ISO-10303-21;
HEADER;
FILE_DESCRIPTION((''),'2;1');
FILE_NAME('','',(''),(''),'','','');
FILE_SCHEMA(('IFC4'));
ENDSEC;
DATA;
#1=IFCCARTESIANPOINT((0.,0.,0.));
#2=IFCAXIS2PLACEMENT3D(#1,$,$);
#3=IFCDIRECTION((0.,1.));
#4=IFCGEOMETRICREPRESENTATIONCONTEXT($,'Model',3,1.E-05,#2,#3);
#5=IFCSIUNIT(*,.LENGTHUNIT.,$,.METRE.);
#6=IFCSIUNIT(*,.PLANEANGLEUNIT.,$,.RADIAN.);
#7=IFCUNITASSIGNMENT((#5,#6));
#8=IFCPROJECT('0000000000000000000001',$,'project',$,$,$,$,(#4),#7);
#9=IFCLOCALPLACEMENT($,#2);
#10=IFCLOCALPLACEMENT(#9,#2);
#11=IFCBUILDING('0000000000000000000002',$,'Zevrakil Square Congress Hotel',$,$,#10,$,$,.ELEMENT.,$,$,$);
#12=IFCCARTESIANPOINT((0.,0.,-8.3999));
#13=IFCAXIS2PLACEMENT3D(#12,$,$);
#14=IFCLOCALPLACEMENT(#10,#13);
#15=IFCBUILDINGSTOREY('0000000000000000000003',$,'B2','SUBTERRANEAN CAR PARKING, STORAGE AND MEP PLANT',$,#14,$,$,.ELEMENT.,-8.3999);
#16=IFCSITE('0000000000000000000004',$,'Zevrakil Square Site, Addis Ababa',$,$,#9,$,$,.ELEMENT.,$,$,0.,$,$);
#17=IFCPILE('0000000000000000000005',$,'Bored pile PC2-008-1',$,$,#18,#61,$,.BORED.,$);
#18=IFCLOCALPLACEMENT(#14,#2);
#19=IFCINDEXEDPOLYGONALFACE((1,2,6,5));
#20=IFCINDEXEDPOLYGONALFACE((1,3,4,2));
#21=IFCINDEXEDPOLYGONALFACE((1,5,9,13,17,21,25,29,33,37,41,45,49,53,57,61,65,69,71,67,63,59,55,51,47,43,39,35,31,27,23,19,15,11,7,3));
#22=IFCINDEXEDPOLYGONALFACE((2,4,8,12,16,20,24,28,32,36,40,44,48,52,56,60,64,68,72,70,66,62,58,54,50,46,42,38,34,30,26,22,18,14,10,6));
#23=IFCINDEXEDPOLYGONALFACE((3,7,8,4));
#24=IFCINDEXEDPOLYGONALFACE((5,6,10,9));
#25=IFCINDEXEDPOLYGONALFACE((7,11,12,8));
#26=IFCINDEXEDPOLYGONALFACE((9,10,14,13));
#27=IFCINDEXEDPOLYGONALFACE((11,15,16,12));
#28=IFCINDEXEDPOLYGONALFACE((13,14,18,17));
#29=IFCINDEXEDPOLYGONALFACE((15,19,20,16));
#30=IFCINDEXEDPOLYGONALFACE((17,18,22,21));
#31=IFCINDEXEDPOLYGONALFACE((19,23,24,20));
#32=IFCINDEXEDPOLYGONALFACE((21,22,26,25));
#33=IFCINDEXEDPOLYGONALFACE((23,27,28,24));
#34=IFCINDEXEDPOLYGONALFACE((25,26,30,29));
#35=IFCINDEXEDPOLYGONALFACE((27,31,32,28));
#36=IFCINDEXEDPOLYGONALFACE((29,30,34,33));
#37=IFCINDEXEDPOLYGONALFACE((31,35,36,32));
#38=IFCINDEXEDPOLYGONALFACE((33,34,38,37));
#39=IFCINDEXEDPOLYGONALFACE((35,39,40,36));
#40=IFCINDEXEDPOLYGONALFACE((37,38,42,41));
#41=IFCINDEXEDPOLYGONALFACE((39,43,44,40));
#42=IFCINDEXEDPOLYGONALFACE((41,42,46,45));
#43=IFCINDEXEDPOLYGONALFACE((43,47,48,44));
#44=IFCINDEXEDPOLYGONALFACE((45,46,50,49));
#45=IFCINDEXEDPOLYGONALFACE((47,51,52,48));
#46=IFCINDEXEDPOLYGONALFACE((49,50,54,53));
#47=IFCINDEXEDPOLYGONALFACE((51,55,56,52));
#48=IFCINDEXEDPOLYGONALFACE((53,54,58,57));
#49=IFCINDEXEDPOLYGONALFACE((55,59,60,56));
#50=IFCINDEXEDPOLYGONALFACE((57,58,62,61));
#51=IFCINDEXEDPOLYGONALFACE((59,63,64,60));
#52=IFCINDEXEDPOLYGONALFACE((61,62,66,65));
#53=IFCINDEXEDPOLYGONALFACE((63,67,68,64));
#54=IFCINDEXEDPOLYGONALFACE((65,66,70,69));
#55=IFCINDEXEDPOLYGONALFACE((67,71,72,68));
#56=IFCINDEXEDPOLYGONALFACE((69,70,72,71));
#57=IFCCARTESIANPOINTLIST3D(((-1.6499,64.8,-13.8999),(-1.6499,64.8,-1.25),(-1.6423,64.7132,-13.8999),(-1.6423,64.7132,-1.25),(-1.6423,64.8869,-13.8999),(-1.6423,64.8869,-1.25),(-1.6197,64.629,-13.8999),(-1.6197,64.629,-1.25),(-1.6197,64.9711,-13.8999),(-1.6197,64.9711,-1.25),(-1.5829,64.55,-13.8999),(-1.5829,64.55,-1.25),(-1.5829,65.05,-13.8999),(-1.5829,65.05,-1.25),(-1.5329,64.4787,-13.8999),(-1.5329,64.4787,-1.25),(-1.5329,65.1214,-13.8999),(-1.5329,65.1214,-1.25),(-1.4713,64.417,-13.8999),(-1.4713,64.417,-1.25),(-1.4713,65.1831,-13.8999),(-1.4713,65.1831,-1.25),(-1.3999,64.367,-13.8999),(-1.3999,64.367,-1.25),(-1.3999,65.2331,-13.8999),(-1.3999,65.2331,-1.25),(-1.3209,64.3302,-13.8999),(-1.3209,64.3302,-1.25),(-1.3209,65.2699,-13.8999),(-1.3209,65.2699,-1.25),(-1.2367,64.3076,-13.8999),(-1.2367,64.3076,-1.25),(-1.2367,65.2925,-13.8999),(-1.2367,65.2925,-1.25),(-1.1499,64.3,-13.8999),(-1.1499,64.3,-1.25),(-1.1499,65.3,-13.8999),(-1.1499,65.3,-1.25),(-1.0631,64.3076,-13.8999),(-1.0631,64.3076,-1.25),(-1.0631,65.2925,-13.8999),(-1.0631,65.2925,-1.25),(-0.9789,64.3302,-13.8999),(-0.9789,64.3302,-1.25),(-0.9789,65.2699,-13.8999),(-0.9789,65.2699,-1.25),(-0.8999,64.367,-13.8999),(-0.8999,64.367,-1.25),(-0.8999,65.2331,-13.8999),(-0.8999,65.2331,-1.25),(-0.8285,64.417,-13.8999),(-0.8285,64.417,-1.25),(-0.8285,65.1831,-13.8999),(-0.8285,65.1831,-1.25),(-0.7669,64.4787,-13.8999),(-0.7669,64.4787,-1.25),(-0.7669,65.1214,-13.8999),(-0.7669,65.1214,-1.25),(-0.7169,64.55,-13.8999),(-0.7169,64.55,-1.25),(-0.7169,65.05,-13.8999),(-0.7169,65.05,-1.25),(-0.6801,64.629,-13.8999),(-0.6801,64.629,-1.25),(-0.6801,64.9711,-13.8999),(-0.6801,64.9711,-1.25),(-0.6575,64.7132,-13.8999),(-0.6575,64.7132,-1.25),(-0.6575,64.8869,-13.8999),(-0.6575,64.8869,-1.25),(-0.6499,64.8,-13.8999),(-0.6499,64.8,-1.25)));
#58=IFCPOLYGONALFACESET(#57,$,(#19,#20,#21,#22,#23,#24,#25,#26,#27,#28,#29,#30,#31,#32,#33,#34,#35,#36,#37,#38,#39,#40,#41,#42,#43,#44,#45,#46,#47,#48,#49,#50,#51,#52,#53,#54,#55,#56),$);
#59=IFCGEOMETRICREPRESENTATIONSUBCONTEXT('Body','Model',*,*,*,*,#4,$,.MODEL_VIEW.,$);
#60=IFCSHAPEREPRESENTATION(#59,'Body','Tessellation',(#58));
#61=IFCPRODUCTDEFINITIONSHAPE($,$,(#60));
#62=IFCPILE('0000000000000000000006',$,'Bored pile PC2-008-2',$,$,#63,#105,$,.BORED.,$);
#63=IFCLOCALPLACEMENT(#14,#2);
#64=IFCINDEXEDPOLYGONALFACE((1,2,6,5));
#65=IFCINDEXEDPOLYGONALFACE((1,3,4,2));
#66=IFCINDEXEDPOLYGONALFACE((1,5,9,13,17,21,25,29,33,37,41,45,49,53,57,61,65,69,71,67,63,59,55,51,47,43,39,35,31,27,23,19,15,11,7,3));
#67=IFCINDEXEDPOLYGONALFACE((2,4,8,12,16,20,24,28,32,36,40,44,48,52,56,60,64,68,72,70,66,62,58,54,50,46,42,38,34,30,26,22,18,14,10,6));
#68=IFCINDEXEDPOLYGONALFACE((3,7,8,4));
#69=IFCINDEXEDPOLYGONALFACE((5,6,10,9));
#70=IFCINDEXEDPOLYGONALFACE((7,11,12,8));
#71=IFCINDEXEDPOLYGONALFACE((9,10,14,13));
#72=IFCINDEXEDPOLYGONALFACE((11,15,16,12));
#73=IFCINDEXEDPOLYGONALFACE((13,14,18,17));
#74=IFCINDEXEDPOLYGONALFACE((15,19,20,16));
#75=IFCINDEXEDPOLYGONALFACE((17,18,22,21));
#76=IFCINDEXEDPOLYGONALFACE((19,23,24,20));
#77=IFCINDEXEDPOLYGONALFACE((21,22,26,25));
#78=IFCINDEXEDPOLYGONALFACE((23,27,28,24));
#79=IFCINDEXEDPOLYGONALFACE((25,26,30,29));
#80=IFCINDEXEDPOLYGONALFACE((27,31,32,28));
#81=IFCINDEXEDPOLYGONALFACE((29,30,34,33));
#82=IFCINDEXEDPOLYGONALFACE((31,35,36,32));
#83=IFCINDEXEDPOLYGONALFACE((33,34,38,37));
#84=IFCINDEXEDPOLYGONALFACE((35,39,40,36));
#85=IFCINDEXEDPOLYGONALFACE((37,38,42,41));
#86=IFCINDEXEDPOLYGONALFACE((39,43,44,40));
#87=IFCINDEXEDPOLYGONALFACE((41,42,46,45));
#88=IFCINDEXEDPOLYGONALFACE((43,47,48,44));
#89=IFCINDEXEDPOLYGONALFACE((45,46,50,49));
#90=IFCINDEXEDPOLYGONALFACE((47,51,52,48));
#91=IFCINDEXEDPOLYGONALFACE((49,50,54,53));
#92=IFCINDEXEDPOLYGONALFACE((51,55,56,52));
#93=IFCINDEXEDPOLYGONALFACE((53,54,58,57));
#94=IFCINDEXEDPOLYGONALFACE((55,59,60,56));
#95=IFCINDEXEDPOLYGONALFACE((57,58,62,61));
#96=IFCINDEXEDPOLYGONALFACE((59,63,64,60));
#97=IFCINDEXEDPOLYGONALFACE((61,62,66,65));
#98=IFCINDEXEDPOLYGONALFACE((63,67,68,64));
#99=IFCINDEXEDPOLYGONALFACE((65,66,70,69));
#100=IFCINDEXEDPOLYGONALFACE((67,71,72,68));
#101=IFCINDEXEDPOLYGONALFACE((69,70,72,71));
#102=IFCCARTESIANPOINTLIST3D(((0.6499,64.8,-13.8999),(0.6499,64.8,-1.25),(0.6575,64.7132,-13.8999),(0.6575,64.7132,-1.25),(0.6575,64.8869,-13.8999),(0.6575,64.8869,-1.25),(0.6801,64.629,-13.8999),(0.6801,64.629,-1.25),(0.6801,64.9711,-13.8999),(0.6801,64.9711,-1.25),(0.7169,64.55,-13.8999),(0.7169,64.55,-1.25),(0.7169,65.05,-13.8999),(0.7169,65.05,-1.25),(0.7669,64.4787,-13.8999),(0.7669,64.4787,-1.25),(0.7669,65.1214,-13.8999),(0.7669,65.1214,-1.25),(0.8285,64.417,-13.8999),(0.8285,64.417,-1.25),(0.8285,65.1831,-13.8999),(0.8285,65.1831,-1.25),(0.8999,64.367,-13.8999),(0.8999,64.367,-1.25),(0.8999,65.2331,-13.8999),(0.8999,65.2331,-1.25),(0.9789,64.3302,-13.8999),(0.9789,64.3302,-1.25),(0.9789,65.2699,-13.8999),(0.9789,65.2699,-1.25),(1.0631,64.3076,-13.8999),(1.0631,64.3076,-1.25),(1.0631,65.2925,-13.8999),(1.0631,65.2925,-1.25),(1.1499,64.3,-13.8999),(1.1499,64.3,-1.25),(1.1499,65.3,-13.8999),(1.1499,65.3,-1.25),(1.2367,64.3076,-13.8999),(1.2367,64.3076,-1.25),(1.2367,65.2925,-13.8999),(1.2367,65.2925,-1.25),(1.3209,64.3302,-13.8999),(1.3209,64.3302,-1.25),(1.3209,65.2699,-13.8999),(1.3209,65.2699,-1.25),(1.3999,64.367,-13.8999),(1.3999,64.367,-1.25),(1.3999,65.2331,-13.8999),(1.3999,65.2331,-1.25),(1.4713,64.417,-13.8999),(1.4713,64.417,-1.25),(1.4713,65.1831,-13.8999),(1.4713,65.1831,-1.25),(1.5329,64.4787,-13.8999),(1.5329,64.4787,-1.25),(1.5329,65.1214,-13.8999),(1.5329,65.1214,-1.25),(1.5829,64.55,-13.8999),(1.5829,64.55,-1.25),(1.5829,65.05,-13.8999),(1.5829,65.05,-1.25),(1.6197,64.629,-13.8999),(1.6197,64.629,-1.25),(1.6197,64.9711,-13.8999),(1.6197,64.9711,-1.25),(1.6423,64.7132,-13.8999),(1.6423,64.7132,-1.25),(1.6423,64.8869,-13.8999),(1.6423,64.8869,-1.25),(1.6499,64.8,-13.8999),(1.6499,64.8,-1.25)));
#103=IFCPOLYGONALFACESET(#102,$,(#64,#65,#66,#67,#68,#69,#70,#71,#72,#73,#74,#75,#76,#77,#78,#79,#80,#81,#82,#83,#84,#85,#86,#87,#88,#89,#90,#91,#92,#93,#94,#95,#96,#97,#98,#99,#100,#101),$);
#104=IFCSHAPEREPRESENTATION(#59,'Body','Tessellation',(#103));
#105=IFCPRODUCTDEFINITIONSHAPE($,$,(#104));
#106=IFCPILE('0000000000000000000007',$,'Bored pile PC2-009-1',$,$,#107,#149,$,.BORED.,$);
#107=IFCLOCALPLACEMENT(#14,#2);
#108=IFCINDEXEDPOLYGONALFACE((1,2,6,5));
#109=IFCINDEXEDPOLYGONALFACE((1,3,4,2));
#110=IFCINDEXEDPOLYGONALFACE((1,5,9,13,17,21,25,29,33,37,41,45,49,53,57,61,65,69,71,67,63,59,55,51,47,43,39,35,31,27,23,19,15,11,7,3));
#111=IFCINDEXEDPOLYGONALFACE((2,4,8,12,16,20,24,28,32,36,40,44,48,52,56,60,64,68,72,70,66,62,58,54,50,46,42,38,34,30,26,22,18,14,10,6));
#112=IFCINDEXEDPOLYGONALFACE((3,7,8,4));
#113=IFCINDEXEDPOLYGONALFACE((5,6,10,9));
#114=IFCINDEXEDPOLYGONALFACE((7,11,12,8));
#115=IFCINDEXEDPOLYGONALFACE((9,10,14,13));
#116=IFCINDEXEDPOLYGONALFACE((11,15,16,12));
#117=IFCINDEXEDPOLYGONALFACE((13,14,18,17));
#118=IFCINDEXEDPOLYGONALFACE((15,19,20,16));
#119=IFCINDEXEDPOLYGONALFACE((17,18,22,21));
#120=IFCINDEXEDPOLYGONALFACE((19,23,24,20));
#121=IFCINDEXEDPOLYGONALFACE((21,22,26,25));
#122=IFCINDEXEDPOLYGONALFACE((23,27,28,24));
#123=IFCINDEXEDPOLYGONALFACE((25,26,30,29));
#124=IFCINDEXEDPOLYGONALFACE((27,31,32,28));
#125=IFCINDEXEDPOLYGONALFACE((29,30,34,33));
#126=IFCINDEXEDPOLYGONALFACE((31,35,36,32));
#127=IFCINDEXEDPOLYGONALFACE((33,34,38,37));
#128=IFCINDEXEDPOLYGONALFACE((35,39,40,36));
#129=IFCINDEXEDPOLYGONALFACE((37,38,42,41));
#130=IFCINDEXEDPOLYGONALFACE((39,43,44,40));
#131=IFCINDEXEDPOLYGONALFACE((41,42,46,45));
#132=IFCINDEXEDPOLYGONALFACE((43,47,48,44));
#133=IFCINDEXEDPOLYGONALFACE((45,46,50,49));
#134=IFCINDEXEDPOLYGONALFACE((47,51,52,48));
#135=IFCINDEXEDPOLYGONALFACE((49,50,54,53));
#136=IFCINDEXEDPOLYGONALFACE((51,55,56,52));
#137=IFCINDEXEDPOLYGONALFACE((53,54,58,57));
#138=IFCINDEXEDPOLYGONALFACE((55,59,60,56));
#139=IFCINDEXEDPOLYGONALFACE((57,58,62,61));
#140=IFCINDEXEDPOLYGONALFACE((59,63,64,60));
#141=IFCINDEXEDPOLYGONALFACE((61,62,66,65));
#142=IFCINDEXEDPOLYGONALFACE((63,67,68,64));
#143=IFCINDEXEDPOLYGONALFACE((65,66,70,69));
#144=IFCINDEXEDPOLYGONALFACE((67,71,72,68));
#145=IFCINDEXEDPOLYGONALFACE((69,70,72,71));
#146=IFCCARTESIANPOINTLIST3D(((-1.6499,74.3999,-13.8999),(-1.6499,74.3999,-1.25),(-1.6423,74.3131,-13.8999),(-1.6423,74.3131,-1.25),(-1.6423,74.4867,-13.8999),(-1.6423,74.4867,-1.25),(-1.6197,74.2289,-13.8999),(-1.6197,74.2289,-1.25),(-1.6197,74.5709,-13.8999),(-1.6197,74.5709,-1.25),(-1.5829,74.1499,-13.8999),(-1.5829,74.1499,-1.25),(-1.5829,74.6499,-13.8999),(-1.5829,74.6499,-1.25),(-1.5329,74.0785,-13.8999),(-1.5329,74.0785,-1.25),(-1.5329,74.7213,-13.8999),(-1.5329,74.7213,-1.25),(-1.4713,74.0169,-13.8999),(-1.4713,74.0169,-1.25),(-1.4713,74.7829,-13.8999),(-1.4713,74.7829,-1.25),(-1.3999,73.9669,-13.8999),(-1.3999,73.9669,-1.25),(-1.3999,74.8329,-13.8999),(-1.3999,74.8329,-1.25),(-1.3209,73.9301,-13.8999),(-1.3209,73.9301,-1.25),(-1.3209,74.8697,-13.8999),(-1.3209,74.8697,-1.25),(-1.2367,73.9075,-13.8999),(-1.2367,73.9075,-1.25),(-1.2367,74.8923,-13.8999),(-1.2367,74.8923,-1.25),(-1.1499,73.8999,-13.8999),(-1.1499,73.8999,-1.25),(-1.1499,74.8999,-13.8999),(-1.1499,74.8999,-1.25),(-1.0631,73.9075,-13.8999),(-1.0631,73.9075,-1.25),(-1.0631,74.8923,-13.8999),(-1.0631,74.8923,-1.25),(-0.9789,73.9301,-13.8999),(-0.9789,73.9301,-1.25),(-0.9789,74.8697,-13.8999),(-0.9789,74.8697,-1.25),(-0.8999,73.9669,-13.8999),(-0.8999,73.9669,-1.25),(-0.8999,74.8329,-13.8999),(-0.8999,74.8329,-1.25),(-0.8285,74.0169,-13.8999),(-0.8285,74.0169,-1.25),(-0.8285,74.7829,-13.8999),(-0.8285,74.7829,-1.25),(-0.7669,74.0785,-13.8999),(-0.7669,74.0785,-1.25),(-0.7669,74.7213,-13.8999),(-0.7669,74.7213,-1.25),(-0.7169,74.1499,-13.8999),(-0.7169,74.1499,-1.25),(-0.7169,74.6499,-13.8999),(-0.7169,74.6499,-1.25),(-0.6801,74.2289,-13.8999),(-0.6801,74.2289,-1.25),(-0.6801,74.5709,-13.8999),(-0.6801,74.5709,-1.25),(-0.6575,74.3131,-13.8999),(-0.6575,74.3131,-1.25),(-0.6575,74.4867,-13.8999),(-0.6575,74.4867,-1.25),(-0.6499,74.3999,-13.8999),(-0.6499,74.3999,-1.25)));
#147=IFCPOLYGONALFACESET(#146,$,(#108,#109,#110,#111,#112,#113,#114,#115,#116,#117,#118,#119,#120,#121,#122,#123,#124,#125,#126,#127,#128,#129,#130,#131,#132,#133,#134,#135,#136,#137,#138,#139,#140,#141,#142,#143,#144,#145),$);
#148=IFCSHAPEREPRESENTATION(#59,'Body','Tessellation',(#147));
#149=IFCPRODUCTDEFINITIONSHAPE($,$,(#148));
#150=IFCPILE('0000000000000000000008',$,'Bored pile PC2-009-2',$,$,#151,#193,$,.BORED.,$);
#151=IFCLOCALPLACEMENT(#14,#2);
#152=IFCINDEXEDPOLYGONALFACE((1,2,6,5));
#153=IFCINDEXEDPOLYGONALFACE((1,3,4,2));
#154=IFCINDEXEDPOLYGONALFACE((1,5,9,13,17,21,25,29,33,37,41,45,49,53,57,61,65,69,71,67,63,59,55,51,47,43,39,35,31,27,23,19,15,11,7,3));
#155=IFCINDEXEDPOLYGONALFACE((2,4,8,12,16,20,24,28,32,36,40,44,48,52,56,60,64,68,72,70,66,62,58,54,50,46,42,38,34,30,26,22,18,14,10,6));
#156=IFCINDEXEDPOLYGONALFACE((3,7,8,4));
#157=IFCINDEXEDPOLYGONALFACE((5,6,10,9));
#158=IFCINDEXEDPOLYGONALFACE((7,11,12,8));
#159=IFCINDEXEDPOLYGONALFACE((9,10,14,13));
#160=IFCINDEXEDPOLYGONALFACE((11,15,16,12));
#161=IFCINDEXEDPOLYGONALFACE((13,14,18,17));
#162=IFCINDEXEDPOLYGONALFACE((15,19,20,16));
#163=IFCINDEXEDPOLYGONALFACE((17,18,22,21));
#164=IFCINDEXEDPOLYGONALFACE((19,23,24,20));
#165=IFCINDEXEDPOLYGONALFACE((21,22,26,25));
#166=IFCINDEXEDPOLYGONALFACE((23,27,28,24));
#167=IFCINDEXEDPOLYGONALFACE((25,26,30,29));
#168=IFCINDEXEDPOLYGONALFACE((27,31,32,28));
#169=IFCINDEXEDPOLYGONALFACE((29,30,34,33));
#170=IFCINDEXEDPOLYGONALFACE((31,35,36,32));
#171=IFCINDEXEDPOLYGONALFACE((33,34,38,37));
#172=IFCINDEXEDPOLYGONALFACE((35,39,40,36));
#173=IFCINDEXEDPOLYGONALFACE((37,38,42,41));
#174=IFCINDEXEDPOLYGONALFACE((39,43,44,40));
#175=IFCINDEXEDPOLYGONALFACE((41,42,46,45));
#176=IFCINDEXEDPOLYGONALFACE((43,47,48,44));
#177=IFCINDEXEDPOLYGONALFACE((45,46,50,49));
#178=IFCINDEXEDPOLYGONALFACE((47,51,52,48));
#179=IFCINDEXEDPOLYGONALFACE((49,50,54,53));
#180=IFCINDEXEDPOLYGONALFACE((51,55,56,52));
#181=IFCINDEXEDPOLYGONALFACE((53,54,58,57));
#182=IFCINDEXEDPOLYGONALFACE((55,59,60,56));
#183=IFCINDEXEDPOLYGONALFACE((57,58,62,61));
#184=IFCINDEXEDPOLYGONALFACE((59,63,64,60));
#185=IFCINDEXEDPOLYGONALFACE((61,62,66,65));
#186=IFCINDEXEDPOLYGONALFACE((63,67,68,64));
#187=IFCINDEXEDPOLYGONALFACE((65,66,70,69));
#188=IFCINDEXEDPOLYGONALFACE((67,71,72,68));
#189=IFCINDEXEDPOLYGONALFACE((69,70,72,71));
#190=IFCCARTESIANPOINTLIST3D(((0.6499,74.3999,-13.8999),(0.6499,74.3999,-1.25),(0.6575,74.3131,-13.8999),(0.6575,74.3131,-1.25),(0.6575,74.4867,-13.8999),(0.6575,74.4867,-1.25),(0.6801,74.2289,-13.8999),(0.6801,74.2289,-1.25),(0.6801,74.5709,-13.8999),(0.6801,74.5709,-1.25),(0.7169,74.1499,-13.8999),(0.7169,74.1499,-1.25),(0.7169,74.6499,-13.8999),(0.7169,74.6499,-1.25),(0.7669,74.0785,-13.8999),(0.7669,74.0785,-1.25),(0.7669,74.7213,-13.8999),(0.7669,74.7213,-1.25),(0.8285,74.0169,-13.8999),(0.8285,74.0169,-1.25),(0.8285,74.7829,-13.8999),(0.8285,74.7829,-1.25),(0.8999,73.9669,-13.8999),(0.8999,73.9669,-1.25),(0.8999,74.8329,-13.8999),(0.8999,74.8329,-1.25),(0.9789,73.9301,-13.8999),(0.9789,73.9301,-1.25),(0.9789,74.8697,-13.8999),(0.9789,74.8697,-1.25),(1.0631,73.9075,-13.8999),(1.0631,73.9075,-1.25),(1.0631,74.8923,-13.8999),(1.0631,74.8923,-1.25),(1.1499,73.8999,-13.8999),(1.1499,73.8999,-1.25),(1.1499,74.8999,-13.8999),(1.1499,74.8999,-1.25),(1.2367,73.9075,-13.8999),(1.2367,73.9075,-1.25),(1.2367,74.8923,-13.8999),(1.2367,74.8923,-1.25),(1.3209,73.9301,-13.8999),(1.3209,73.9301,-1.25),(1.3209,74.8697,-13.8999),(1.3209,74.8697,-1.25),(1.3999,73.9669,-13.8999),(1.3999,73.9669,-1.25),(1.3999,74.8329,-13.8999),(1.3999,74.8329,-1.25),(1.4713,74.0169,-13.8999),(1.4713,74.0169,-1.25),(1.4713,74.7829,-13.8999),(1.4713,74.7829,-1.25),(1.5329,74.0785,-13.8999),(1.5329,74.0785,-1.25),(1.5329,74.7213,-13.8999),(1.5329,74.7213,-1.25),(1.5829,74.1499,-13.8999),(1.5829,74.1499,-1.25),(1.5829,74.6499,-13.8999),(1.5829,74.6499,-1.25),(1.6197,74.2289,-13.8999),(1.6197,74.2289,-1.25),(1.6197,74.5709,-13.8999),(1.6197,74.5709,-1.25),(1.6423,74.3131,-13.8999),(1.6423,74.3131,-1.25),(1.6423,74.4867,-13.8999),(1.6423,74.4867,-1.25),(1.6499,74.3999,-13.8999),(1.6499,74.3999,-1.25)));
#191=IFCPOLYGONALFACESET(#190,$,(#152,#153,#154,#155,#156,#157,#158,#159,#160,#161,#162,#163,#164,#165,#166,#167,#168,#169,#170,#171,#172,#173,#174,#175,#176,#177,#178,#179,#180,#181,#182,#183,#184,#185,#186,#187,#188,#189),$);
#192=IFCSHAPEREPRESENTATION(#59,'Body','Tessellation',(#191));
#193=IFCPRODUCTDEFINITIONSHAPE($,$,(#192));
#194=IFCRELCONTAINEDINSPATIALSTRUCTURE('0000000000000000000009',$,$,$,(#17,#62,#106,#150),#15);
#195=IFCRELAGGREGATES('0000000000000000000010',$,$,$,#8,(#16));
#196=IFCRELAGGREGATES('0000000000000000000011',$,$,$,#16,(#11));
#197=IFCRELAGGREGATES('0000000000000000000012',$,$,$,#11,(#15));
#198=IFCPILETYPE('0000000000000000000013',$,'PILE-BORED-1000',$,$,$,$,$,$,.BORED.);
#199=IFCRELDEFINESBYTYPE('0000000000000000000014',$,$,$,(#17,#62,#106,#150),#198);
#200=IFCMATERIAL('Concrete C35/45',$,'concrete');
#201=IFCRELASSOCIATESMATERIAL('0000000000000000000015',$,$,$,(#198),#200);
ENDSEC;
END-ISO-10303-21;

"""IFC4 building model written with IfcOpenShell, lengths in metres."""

from ifc_helpers import new_model, si_unit, direction, frame, origin, origin_2d, place, context, subcontext, project, spatial, circle, extrude, material, material_profile, profile_set, type_object, element, save


model = new_model("IFC4")

# Units and contexts
model_context = context("Model", 3, precision=1e-05, world=origin(), true_north=direction((0.0, 1.0)))
body_context = subcontext(model_context, "Body", "Model", "MODEL_VIEW")
ifc_project = project(units=[si_unit("LENGTHUNIT", "METRE"), si_unit("PLANEANGLEUNIT", "RADIAN")], contexts=[model_context])

# Site, building, storey
site_placement = place(None, origin())
site = spatial("IfcSite", under=ifc_project, at=site_placement, Name="Zevrakil Square Site, Addis Ababa", CompositionType="ELEMENT", RefElevation=0.0)
building_placement = place(site_placement, origin())
building = spatial("IfcBuilding", under=site, at=building_placement, Name="Zevrakil Square Congress Hotel", CompositionType="ELEMENT")
storey_placement = place(building_placement, frame((0.0, 0.0, -8.3999)))
storey = spatial("IfcBuildingStorey", under=building, at=storey_placement, Name="B2", Description="SUBTERRANEAN CAR PARKING, STORAGE AND MEP PLANT", CompositionType="ELEMENT", Elevation=-8.3999)

# Piles
ifc_material_1 = material(Name="Concrete C35/45", Category="concrete")
ifc_material_profile_1 = material_profile(ifc_material_1, circle(Radius=0.5, at=origin_2d()), Name="PILE D1000")
ifc_profile_set_1 = profile_set([ifc_material_profile_1], Name="Concrete C35/45")
pile_type = type_object("IfcPileType", Name="PILE-BORED-1000", PredefinedType="BORED", material=ifc_profile_set_1)
for number, where, z_axis, x_axis, name in (
    (1, (-1.1499, 64.8, -1.25), (0.0, 0.0, -1.0), (1.0, 0.0, 0.0), "Bored pile PC2-008-1"),
    (2, (1.1499, 64.8, -1.25), (0.0, 0.0, -1.0), (1.0, 0.0, 0.0), "Bored pile PC2-008-2"),
    (3, (-1.1499, 74.3999, -1.25), (0.0, 0.0, -1.0), (1.0, 0.0, 0.0), "Bored pile PC2-009-1"),
    (4, (1.1499, 74.3999, -1.25), (0.0, 0.0, -1.0), (1.0, 0.0, 0.0), "Bored pile PC2-009-2"),
):
    element("IfcPile", number, at=place(storey_placement, frame(where, z_axis=z_axis, x_axis=x_axis)), inside=storey, type_object=pile_type, Name=name, PredefinedType="BORED", context=body_context, shape_type="SweptSolid", body=[
        extrude(circle(Radius=0.5, at=origin_2d()), origin(), (0.0, 0.0, 1.0), 12.6499),
    ])

save(model, "model.ifc")
